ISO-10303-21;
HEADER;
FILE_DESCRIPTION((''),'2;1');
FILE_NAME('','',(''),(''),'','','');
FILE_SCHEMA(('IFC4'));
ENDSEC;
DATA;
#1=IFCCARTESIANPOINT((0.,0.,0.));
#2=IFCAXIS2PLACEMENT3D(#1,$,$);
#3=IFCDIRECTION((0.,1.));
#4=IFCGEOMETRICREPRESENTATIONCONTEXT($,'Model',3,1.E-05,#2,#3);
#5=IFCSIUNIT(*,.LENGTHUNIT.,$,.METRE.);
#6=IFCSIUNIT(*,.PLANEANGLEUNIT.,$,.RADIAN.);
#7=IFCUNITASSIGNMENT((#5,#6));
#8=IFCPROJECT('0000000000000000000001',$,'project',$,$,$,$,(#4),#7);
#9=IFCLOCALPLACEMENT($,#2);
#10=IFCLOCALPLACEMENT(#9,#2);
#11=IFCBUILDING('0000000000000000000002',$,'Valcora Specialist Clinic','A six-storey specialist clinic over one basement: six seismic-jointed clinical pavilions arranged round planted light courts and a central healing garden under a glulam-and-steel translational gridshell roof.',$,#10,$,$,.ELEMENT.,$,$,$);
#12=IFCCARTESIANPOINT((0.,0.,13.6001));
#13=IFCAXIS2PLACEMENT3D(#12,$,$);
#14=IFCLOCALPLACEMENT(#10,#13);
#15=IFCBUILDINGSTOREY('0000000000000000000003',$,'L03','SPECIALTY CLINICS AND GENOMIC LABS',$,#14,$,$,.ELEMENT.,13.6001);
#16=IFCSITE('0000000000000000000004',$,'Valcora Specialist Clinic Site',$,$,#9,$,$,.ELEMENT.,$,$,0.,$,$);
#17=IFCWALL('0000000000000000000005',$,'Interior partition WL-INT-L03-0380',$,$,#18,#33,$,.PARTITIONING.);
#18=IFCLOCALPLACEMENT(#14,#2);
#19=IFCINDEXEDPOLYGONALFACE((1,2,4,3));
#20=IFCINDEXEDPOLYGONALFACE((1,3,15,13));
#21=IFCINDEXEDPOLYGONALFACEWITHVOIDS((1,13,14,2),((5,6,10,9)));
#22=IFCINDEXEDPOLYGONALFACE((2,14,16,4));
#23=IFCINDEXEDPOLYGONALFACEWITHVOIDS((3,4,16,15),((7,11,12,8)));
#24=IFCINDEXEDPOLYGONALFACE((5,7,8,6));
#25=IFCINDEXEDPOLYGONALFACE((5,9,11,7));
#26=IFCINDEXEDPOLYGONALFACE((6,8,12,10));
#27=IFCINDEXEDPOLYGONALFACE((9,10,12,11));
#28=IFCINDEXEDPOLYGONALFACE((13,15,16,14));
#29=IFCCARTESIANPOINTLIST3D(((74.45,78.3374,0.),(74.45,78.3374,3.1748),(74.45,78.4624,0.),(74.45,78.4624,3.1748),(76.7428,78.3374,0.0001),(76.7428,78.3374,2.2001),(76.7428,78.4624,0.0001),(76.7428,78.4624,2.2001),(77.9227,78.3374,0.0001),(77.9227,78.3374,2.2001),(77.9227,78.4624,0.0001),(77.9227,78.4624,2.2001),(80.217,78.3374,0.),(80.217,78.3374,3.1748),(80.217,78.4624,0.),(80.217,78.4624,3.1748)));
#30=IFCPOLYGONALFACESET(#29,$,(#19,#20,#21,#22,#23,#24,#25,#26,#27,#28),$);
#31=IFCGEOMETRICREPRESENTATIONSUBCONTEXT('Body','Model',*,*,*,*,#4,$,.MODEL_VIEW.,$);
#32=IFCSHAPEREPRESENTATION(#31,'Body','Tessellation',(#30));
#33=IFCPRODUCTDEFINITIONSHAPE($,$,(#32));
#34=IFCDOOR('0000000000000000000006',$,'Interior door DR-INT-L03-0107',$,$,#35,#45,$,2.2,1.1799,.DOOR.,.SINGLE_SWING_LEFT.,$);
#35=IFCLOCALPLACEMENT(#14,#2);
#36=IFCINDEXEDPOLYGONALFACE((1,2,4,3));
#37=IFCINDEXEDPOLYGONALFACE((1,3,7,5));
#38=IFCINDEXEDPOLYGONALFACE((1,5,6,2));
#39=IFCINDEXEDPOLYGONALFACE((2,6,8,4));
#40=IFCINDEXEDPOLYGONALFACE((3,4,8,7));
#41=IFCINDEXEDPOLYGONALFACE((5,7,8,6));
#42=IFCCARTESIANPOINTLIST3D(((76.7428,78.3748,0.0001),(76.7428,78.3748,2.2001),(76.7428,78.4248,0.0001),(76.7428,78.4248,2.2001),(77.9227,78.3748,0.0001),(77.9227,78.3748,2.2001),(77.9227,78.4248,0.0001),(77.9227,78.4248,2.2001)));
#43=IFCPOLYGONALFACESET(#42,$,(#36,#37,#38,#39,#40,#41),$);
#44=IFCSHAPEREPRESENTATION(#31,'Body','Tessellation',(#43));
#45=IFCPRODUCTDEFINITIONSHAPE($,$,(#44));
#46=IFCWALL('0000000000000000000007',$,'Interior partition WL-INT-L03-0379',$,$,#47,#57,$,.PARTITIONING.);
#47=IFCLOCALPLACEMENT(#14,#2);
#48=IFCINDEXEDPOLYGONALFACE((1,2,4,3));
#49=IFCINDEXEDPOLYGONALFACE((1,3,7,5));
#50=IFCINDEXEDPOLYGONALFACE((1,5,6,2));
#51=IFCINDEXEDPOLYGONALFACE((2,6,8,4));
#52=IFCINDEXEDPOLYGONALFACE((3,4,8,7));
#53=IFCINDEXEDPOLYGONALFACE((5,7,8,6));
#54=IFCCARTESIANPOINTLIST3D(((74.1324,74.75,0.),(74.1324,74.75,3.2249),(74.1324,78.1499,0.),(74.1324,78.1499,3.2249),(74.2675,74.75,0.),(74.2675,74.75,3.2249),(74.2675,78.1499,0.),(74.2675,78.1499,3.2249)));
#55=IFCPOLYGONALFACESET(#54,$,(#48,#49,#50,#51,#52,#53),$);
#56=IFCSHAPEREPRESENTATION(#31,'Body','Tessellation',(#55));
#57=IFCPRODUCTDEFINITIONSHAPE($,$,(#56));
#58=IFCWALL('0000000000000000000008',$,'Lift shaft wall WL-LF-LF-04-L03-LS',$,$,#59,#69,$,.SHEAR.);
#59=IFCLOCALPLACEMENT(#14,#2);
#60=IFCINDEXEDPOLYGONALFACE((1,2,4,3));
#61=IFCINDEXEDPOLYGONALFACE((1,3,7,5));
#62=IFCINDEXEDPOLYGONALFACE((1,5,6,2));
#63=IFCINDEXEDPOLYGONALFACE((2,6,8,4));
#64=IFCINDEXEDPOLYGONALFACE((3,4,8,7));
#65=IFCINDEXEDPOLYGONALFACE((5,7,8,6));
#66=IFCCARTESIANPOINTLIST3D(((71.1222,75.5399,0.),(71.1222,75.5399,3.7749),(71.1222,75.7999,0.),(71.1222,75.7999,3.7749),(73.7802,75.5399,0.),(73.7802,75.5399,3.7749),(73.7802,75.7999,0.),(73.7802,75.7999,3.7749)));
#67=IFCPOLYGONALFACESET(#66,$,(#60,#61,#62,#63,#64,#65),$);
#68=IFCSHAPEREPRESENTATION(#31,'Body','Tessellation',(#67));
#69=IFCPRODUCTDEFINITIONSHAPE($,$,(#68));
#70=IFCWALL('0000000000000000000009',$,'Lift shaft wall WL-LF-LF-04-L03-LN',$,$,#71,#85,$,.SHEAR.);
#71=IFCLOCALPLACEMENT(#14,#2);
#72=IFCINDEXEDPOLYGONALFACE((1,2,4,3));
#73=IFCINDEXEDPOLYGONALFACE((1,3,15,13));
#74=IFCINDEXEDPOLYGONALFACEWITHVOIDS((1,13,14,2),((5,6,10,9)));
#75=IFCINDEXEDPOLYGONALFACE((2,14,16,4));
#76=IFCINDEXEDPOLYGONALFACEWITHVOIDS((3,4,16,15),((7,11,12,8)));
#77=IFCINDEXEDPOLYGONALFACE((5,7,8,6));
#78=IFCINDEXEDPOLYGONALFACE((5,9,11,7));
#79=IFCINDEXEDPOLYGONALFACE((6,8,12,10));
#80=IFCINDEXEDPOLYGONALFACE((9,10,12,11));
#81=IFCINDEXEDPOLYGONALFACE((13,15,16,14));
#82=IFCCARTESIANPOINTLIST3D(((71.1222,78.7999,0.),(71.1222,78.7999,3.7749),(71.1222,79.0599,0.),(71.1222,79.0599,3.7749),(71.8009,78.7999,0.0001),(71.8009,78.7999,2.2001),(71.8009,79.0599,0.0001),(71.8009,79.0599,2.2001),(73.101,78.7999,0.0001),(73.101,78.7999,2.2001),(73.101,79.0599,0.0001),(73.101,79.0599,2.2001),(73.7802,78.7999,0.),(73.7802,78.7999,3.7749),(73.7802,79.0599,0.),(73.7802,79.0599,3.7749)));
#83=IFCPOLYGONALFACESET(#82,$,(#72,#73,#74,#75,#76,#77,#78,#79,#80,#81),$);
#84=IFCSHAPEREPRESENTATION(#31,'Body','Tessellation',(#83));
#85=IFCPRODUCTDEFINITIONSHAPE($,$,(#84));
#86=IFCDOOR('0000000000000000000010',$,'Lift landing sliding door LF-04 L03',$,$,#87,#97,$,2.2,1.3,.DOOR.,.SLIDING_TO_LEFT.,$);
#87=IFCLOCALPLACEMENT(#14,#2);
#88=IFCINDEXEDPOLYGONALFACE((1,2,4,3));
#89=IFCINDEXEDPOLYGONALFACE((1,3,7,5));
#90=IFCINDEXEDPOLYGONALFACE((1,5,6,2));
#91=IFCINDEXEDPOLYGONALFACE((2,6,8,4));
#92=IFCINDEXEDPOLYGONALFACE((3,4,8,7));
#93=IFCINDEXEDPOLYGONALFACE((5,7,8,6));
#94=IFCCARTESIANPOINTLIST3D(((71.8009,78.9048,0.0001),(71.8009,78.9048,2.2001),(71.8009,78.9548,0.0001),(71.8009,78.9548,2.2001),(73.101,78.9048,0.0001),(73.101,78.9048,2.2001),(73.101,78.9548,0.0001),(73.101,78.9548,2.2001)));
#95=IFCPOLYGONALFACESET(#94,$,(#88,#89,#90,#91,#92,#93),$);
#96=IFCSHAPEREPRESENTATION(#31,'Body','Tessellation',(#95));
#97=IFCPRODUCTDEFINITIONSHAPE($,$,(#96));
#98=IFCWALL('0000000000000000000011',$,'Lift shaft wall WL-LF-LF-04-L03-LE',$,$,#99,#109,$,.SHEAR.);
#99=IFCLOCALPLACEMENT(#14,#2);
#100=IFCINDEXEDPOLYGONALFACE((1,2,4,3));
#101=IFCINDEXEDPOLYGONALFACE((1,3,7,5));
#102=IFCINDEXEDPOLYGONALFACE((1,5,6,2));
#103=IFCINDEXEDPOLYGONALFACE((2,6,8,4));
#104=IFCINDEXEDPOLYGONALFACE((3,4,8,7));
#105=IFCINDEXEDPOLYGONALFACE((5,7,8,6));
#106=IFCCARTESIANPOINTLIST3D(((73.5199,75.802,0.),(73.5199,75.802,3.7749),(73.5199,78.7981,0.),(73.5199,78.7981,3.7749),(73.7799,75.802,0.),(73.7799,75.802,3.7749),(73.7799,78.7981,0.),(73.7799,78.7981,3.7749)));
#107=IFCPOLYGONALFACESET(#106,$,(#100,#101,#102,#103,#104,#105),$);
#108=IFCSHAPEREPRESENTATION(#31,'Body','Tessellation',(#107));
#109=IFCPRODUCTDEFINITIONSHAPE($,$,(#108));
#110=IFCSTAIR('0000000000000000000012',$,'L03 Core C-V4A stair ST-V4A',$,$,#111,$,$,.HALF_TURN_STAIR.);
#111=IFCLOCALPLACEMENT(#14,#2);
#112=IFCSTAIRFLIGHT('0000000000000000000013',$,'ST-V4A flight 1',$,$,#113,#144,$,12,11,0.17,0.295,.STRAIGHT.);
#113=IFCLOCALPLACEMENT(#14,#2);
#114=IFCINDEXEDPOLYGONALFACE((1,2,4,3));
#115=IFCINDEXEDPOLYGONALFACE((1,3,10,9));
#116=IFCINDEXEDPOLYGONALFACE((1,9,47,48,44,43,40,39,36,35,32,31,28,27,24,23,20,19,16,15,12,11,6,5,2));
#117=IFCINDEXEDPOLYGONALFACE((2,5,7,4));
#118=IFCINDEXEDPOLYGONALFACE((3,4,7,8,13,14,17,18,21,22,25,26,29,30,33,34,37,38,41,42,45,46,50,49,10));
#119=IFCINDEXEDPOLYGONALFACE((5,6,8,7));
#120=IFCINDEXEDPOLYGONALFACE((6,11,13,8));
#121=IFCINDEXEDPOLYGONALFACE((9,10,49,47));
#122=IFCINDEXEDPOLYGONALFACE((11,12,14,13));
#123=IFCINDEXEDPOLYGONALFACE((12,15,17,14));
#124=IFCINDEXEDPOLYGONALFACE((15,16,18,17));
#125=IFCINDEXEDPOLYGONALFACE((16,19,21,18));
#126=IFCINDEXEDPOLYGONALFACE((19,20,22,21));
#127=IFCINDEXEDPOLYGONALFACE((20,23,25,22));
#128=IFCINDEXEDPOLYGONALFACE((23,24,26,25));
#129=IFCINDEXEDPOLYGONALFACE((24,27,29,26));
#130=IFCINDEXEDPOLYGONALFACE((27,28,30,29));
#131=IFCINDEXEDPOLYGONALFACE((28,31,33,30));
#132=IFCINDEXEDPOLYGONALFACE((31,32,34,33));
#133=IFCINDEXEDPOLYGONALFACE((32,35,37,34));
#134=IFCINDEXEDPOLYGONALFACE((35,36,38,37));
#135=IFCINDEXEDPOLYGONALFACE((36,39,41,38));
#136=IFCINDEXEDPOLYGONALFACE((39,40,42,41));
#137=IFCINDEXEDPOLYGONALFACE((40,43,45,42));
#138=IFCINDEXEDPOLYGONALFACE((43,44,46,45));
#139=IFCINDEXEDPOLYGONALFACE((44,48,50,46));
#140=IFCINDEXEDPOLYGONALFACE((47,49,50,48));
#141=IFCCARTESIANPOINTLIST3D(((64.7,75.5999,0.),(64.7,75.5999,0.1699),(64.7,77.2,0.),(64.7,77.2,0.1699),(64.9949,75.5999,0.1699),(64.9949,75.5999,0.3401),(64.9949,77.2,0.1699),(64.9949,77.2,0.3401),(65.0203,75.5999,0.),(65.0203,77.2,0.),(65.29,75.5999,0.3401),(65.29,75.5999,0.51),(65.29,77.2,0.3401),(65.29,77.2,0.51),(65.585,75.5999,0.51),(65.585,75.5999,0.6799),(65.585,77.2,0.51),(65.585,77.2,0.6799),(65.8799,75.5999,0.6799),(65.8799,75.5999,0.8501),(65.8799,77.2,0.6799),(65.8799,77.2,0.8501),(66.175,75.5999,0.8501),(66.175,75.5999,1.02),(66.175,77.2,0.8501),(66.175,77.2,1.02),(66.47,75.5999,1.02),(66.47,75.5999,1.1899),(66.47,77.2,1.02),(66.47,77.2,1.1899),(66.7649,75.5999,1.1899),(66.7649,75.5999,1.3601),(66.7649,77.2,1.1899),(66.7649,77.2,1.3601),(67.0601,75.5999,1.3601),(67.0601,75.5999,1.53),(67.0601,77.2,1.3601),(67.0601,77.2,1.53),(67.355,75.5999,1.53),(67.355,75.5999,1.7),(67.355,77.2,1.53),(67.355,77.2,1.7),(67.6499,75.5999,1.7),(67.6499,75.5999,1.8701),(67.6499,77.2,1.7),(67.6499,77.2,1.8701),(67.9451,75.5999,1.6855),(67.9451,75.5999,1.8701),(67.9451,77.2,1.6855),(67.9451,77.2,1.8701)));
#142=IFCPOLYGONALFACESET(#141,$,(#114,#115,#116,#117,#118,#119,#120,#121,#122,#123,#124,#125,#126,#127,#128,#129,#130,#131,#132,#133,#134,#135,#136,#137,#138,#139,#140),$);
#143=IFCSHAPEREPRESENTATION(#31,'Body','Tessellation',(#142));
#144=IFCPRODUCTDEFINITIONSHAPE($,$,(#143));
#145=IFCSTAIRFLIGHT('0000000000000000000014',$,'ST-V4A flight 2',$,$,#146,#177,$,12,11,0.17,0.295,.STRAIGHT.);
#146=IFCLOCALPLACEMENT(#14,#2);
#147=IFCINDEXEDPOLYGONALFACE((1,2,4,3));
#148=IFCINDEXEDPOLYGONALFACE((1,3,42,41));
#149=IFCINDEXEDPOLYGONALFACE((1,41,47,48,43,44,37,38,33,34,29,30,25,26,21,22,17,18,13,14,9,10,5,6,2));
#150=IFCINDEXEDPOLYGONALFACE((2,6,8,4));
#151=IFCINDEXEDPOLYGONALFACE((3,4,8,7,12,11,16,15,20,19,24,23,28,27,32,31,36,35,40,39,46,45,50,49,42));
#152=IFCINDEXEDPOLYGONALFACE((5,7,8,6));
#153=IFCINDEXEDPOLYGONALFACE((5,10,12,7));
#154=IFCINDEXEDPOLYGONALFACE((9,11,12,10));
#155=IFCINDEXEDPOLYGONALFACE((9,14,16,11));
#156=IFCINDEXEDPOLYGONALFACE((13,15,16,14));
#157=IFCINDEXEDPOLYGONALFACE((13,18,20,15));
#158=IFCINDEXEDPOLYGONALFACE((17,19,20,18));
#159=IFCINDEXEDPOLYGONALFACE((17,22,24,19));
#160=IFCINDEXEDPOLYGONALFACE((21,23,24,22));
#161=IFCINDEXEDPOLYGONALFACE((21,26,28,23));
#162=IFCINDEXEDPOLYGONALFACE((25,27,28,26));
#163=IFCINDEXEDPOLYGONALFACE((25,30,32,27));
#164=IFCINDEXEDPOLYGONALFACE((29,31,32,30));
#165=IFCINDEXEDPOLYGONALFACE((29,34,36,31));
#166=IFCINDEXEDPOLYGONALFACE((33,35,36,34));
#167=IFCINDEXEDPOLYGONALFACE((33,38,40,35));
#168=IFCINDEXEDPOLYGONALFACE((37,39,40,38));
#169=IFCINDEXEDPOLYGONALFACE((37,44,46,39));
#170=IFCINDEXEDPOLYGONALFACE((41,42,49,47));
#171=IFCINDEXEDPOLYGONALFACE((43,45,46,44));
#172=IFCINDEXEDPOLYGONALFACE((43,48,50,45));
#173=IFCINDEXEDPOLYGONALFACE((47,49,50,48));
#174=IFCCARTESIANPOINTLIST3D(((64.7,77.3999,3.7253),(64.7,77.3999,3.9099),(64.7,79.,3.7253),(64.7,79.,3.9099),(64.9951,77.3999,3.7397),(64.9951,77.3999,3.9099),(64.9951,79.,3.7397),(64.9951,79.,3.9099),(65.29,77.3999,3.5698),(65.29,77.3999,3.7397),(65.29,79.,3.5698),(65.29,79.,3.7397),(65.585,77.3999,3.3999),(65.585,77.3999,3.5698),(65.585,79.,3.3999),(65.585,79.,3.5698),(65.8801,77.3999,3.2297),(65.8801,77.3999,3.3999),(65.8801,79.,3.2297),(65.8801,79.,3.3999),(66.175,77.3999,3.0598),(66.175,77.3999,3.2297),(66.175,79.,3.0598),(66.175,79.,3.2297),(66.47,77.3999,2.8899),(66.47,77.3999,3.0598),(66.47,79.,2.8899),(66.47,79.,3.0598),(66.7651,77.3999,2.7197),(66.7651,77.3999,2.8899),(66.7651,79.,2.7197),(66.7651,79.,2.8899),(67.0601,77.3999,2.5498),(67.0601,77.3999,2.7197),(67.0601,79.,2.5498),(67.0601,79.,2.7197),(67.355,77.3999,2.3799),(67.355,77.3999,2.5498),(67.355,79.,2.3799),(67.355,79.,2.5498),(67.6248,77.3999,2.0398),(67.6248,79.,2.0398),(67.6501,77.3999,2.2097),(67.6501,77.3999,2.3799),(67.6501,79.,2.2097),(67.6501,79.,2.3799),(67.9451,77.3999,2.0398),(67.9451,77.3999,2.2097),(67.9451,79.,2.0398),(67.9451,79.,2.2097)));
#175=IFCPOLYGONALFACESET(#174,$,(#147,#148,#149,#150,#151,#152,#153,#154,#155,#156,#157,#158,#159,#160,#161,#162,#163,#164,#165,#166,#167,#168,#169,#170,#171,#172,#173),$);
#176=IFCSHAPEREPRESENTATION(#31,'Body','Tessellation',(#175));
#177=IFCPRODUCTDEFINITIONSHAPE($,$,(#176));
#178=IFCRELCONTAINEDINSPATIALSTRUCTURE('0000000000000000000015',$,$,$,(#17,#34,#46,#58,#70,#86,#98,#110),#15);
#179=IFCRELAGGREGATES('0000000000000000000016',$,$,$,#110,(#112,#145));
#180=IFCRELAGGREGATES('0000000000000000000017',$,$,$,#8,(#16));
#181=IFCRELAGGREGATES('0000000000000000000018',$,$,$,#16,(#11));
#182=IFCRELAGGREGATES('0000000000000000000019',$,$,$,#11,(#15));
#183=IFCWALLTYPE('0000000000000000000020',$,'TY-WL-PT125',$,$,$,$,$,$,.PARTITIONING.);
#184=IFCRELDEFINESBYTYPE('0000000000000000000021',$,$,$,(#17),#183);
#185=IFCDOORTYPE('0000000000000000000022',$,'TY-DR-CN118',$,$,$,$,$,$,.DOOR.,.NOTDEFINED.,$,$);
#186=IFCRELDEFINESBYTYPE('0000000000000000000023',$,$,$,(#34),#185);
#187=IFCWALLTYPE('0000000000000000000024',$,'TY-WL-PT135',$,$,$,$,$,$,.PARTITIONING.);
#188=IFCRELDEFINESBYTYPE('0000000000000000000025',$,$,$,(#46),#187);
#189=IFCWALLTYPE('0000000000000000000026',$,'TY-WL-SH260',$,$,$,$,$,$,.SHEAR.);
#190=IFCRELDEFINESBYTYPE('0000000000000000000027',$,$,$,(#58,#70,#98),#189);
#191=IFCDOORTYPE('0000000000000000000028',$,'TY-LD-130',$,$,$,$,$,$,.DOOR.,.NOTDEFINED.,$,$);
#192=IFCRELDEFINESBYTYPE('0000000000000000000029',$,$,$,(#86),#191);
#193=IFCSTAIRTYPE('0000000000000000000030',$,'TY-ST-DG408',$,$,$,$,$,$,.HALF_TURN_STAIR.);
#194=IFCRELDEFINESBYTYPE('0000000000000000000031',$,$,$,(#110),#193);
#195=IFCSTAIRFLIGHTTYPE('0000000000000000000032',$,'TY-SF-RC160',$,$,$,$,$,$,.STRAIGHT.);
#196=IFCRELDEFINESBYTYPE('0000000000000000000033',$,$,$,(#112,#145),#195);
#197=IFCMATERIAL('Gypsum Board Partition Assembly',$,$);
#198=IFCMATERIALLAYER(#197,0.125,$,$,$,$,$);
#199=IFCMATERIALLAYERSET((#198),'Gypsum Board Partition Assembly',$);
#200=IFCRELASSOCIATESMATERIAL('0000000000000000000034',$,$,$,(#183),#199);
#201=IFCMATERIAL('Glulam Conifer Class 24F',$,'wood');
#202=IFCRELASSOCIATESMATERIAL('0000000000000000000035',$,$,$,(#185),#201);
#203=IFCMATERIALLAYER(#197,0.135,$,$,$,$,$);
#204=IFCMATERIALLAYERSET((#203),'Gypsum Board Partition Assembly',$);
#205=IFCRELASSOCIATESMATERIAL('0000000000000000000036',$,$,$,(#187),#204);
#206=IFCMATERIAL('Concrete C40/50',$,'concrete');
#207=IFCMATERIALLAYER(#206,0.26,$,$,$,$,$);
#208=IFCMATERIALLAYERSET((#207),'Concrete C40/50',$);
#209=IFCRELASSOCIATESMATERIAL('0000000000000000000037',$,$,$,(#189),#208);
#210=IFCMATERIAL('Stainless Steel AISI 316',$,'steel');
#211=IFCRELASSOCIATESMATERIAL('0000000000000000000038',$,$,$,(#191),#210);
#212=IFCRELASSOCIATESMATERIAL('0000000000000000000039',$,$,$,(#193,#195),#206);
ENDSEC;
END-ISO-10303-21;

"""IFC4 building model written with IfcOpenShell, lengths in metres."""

from ifc_helpers import new_model, si_unit, direction, frame, frame_2d, origin, place, context, subcontext, project, spatial, polyline, rectangle, outline, extrude, material, layer, layer_set, type_object, element, fill, aggregate, save


model = new_model("IFC4")

# Units and contexts
model_context = context("Model", 3, precision=1e-05, world=origin(), true_north=direction((0.0, 1.0)))
body_context = subcontext(model_context, "Body", "Model", "MODEL_VIEW")
ifc_project = project(units=[si_unit("LENGTHUNIT", "METRE"), si_unit("PLANEANGLEUNIT", "RADIAN")], contexts=[model_context])

# Site, building, storey
site_placement = place(None, origin())
site = spatial("IfcSite", under=ifc_project, at=site_placement, Name="Valcora Specialist Clinic Site", CompositionType="ELEMENT", RefElevation=0.0)
building_placement = place(site_placement, origin())
building = spatial("IfcBuilding", under=site, at=building_placement, Name="Valcora Specialist Clinic", Description="A six-storey specialist clinic over one basement: six seismic-jointed clinical pavilions arranged round planted light courts and a central healing garden under a glulam-and-steel translational gridshell roof.", CompositionType="ELEMENT")
storey_placement = place(building_placement, frame((0.0, 0.0, 13.6001)))
storey = spatial("IfcBuildingStorey", under=building, at=storey_placement, Name="L03", Description="SPECIALTY CLINICS AND GENOMIC LABS", CompositionType="ELEMENT", Elevation=13.6001)

# Shared definitions
ifc_material_1 = material(Name="Concrete C40/50", Category="concrete")

# Wall, opening, door
ifc_material_2 = material(Name="Gypsum Board Partition Assembly")
ifc_layer_1 = layer(ifc_material_2, 0.125)
ifc_layer_set_1 = layer_set([ifc_layer_1], Name="Gypsum Board Partition Assembly")
wall_type_1 = type_object("IfcWallType", Name="TY-WL-PT125", PredefinedType="PARTITIONING", material=ifc_layer_set_1)
wall_1_placement = place(storey_placement, frame((74.45, 78.3999, 0.0), z_axis=(0.0, 0.0, 1.0), x_axis=(1.0, 0.0, 0.0)))
wall_1 = element("IfcWall", 1, at=wall_1_placement, inside=storey, type_object=wall_type_1, Name="Interior partition WL-INT-L03-0380", PredefinedType="PARTITIONING", context=body_context, shape_type="SweptSolid", body=[
    extrude(rectangle(XDim=5.7671, YDim=0.125, at=frame_2d((2.8835, 0.0))), origin(), (0.0, 0.0, 1.0), 3.1748),
])
opening_1_placement = place(wall_1_placement, frame((2.293, 0.0, 0.0)))
opening_1 = element("IfcOpeningElement", 2, at=opening_1_placement, cuts=wall_1, PredefinedType="OPENING", context=body_context, shape_type="SweptSolid", body=[
    extrude(rectangle(XDim=1.1799, YDim=2.2, at=frame_2d((0.5898, 1.1001))), frame((0.0, 0.0725, 0.0), z_axis=(0.0, -1.0, 0.0), x_axis=(1.0, 0.0, 0.0)), (0.0, 0.0, 1.0), 0.145),
])
ifc_material_3 = material(Name="Glulam Conifer Class 24F", Category="wood")
door_type_1 = type_object("IfcDoorType", Name="TY-DR-CN118", OperationType="NOTDEFINED", PredefinedType="DOOR", material=ifc_material_3)
door_1_placement = place(opening_1_placement, origin())
door_1 = element("IfcDoor", 3, at=door_1_placement, inside=storey, type_object=door_type_1, Name="Interior door DR-INT-L03-0107", OperationType="SINGLE_SWING_LEFT", OverallHeight=2.2, OverallWidth=1.1799, PredefinedType="DOOR", context=body_context, shape_type="SweptSolid", body=[
    extrude(rectangle(XDim=1.1799, YDim=2.2, at=frame_2d((0.5898, 1.1001))), frame((0.0, 0.0249, 0.0), z_axis=(0.0, -1.0, 0.0), x_axis=(1.0, 0.0, 0.0)), (0.0, 0.0, 1.0), 0.05),
])
fill(opening_1, door_1)

# Walls
ifc_layer_2 = layer(ifc_material_2, 0.135)
ifc_layer_set_2 = layer_set([ifc_layer_2], Name="Gypsum Board Partition Assembly")
wall_type_2 = type_object("IfcWallType", Name="TY-WL-PT135", PredefinedType="PARTITIONING", material=ifc_layer_set_2)
wall_2_placement = place(storey_placement, frame((74.2, 74.75, 0.0), z_axis=(0.0, 0.0, 1.0), x_axis=(0.0, 1.0, 0.0)))
element("IfcWall", 4, at=wall_2_placement, inside=storey, type_object=wall_type_2, Name="Interior partition WL-INT-L03-0379", PredefinedType="PARTITIONING", context=body_context, shape_type="SweptSolid", body=[
    extrude(rectangle(XDim=3.3999, YDim=0.135, at=frame_2d((1.7, 0.0))), origin(), (0.0, 0.0, 1.0), 3.2249),
])
ifc_layer_3 = layer(ifc_material_1, 0.26)
ifc_layer_set_3 = layer_set([ifc_layer_3], Name="Concrete C40/50")
wall_type_3 = type_object("IfcWallType", Name="TY-WL-SH260", PredefinedType="SHEAR", material=ifc_layer_set_3)
wall_3_placement = place(storey_placement, frame((71.1221, 75.6699, 0.0), z_axis=(0.0, 0.0, 1.0), x_axis=(1.0, 0.0, 0.0)))
element("IfcWall", 5, at=wall_3_placement, inside=storey, type_object=wall_type_3, Name="Lift shaft wall WL-LF-LF-04-L03-LS", PredefinedType="SHEAR", context=body_context, shape_type="SweptSolid", body=[
    extrude(rectangle(XDim=2.658, YDim=0.26, at=frame_2d((1.3291, 0.0))), origin(), (0.0, 0.0, 1.0), 3.7749),
])

# Wall, opening, door
wall_4_placement = place(storey_placement, frame((71.1221, 78.9299, 0.0), z_axis=(0.0, 0.0, 1.0), x_axis=(1.0, 0.0, 0.0)))
wall_4 = element("IfcWall", 6, at=wall_4_placement, inside=storey, type_object=wall_type_3, Name="Lift shaft wall WL-LF-LF-04-L03-LN", PredefinedType="SHEAR", context=body_context, shape_type="SweptSolid", body=[
    extrude(rectangle(XDim=2.658, YDim=0.26, at=frame_2d((1.3291, 0.0))), origin(), (0.0, 0.0, 1.0), 3.7749),
])
opening_2_placement = place(wall_4_placement, frame((0.679, 0.0, 0.0)))
opening_2 = element("IfcOpeningElement", 7, at=opening_2_placement, cuts=wall_4, PredefinedType="OPENING", context=body_context, shape_type="SweptSolid", body=[
    extrude(rectangle(XDim=1.3, YDim=2.2, at=frame_2d((0.6499, 1.1001))), frame((0.0, 0.1399, 0.0), z_axis=(0.0, -1.0, 0.0), x_axis=(1.0, 0.0, 0.0)), (0.0, 0.0, 1.0), 0.28),
])
ifc_material_4 = material(Name="Stainless Steel AISI 316", Category="steel")
door_type_2 = type_object("IfcDoorType", Name="TY-LD-130", OperationType="NOTDEFINED", PredefinedType="DOOR", material=ifc_material_4)
door_2_placement = place(opening_2_placement, origin())
door_2 = element("IfcDoor", 8, at=door_2_placement, inside=storey, type_object=door_type_2, Name="Lift landing sliding door LF-04 L03", OperationType="SLIDING_TO_LEFT", OverallHeight=2.2, OverallWidth=1.3, PredefinedType="DOOR", context=body_context, shape_type="SweptSolid", body=[
    extrude(rectangle(XDim=1.3, YDim=2.2, at=frame_2d((0.6499, 1.1001))), frame((0.0, 0.0249, 0.0), z_axis=(0.0, -1.0, 0.0), x_axis=(1.0, 0.0, 0.0)), (0.0, 0.0, 1.0), 0.05),
])
fill(opening_2, door_2)

# Wall
wall_5_placement = place(storey_placement, frame((73.6499, 75.802, 0.0), z_axis=(0.0, 0.0, 1.0), x_axis=(0.0, 1.0, 0.0)))
element("IfcWall", 9, at=wall_5_placement, inside=storey, type_object=wall_type_3, Name="Lift shaft wall WL-LF-LF-04-L03-LE", PredefinedType="SHEAR", context=body_context, shape_type="SweptSolid", body=[
    extrude(rectangle(XDim=2.9961, YDim=0.26, at=frame_2d((1.498, 0.0))), origin(), (0.0, 0.0, 1.0), 3.7749),
])

# Stair, stair flights
stair_type = type_object("IfcStairType", Name="TY-ST-DG408", PredefinedType="HALF_TURN_STAIR", material=ifc_material_1)
stair_placement = place(storey_placement, origin())
stair = element("IfcStair", 10, at=stair_placement, inside=storey, type_object=stair_type, Name="L03 Core C-V4A stair ST-V4A", PredefinedType="HALF_TURN_STAIR")
stair_flight_type = type_object("IfcStairFlightType", Name="TY-SF-RC160", PredefinedType="STRAIGHT", material=ifc_material_1)
stair_flight_1_placement = place(storey_placement, frame((64.7, 76.3999, 0.0), z_axis=(0.0, 0.0, 1.0), x_axis=(1.0, 0.0, 0.0)))
stair_flight_1 = element("IfcStairFlight", 11, at=stair_flight_1_placement, type_object=stair_flight_type, Name="ST-V4A flight 1", NumberOfRisers=12, NumberOfTreads=11, PredefinedType="STRAIGHT", RiserHeight=0.17, TreadLength=0.295, context=body_context, shape_type="SweptSolid", body=[
    extrude(outline(polyline([(0.0, 0.0), (0.0, 0.1699), (0.2949, 0.1699), (0.2949, 0.3401), (0.5901, 0.3401), (0.5901, 0.51), (0.885, 0.51), (0.885, 0.6799), (1.1799, 0.6799), (1.1799, 0.8501), (1.4751, 0.8501), (1.4751, 1.02), (1.77, 1.02), (1.77, 1.1899), (2.0649, 1.1899), (2.0649, 1.3601), (2.3601, 1.3601), (2.3601, 1.53), (2.655, 1.53), (2.655, 1.7), (2.95, 1.7), (2.95, 1.8701), (3.2451, 1.8701), (3.2451, 2.04), (3.2451, 1.6855), (0.3203, 0.0), (0.0, 0.0)])), frame((0.0, 0.8, 0.0), z_axis=(0.0, -1.0, 0.0), x_axis=(1.0, 0.0, 0.0)), (0.0, 0.0, 1.0), 1.6001),
])
stair_flight_2_placement = place(storey_placement, frame((67.9451, 78.2, 2.0398), z_axis=(0.0, 0.0, 1.0), x_axis=(-1.0, 0.0, 0.0)))
stair_flight_2 = element("IfcStairFlight", 12, at=stair_flight_2_placement, type_object=stair_flight_type, Name="ST-V4A flight 2", NumberOfRisers=12, NumberOfTreads=11, PredefinedType="STRAIGHT", RiserHeight=0.17, TreadLength=0.295, context=body_context, shape_type="SweptSolid", body=[
    extrude(outline(polyline([(0.0, 0.0), (0.0, 0.1699), (0.2949, 0.1699), (0.2949, 0.3401), (0.5901, 0.3401), (0.5901, 0.51), (0.885, 0.51), (0.885, 0.6799), (1.1799, 0.6799), (1.1799, 0.8501), (1.4751, 0.8501), (1.4751, 1.02), (1.77, 1.02), (1.77, 1.1899), (2.0649, 1.1899), (2.0649, 1.3601), (2.3601, 1.3601), (2.3601, 1.53), (2.655, 1.53), (2.655, 1.7), (2.95, 1.7), (2.95, 1.8701), (3.2451, 1.8701), (3.2451, 2.04), (3.2451, 1.6855), (0.3203, 0.0), (0.0, 0.0)])), frame((0.0, 0.8, 0.0), z_axis=(0.0, -1.0, 0.0), x_axis=(1.0, 0.0, 0.0)), (0.0, 0.0, 1.0), 1.6001),
])
aggregate(stair, [stair_flight_1, stair_flight_2])

save(model, "model.ifc")
